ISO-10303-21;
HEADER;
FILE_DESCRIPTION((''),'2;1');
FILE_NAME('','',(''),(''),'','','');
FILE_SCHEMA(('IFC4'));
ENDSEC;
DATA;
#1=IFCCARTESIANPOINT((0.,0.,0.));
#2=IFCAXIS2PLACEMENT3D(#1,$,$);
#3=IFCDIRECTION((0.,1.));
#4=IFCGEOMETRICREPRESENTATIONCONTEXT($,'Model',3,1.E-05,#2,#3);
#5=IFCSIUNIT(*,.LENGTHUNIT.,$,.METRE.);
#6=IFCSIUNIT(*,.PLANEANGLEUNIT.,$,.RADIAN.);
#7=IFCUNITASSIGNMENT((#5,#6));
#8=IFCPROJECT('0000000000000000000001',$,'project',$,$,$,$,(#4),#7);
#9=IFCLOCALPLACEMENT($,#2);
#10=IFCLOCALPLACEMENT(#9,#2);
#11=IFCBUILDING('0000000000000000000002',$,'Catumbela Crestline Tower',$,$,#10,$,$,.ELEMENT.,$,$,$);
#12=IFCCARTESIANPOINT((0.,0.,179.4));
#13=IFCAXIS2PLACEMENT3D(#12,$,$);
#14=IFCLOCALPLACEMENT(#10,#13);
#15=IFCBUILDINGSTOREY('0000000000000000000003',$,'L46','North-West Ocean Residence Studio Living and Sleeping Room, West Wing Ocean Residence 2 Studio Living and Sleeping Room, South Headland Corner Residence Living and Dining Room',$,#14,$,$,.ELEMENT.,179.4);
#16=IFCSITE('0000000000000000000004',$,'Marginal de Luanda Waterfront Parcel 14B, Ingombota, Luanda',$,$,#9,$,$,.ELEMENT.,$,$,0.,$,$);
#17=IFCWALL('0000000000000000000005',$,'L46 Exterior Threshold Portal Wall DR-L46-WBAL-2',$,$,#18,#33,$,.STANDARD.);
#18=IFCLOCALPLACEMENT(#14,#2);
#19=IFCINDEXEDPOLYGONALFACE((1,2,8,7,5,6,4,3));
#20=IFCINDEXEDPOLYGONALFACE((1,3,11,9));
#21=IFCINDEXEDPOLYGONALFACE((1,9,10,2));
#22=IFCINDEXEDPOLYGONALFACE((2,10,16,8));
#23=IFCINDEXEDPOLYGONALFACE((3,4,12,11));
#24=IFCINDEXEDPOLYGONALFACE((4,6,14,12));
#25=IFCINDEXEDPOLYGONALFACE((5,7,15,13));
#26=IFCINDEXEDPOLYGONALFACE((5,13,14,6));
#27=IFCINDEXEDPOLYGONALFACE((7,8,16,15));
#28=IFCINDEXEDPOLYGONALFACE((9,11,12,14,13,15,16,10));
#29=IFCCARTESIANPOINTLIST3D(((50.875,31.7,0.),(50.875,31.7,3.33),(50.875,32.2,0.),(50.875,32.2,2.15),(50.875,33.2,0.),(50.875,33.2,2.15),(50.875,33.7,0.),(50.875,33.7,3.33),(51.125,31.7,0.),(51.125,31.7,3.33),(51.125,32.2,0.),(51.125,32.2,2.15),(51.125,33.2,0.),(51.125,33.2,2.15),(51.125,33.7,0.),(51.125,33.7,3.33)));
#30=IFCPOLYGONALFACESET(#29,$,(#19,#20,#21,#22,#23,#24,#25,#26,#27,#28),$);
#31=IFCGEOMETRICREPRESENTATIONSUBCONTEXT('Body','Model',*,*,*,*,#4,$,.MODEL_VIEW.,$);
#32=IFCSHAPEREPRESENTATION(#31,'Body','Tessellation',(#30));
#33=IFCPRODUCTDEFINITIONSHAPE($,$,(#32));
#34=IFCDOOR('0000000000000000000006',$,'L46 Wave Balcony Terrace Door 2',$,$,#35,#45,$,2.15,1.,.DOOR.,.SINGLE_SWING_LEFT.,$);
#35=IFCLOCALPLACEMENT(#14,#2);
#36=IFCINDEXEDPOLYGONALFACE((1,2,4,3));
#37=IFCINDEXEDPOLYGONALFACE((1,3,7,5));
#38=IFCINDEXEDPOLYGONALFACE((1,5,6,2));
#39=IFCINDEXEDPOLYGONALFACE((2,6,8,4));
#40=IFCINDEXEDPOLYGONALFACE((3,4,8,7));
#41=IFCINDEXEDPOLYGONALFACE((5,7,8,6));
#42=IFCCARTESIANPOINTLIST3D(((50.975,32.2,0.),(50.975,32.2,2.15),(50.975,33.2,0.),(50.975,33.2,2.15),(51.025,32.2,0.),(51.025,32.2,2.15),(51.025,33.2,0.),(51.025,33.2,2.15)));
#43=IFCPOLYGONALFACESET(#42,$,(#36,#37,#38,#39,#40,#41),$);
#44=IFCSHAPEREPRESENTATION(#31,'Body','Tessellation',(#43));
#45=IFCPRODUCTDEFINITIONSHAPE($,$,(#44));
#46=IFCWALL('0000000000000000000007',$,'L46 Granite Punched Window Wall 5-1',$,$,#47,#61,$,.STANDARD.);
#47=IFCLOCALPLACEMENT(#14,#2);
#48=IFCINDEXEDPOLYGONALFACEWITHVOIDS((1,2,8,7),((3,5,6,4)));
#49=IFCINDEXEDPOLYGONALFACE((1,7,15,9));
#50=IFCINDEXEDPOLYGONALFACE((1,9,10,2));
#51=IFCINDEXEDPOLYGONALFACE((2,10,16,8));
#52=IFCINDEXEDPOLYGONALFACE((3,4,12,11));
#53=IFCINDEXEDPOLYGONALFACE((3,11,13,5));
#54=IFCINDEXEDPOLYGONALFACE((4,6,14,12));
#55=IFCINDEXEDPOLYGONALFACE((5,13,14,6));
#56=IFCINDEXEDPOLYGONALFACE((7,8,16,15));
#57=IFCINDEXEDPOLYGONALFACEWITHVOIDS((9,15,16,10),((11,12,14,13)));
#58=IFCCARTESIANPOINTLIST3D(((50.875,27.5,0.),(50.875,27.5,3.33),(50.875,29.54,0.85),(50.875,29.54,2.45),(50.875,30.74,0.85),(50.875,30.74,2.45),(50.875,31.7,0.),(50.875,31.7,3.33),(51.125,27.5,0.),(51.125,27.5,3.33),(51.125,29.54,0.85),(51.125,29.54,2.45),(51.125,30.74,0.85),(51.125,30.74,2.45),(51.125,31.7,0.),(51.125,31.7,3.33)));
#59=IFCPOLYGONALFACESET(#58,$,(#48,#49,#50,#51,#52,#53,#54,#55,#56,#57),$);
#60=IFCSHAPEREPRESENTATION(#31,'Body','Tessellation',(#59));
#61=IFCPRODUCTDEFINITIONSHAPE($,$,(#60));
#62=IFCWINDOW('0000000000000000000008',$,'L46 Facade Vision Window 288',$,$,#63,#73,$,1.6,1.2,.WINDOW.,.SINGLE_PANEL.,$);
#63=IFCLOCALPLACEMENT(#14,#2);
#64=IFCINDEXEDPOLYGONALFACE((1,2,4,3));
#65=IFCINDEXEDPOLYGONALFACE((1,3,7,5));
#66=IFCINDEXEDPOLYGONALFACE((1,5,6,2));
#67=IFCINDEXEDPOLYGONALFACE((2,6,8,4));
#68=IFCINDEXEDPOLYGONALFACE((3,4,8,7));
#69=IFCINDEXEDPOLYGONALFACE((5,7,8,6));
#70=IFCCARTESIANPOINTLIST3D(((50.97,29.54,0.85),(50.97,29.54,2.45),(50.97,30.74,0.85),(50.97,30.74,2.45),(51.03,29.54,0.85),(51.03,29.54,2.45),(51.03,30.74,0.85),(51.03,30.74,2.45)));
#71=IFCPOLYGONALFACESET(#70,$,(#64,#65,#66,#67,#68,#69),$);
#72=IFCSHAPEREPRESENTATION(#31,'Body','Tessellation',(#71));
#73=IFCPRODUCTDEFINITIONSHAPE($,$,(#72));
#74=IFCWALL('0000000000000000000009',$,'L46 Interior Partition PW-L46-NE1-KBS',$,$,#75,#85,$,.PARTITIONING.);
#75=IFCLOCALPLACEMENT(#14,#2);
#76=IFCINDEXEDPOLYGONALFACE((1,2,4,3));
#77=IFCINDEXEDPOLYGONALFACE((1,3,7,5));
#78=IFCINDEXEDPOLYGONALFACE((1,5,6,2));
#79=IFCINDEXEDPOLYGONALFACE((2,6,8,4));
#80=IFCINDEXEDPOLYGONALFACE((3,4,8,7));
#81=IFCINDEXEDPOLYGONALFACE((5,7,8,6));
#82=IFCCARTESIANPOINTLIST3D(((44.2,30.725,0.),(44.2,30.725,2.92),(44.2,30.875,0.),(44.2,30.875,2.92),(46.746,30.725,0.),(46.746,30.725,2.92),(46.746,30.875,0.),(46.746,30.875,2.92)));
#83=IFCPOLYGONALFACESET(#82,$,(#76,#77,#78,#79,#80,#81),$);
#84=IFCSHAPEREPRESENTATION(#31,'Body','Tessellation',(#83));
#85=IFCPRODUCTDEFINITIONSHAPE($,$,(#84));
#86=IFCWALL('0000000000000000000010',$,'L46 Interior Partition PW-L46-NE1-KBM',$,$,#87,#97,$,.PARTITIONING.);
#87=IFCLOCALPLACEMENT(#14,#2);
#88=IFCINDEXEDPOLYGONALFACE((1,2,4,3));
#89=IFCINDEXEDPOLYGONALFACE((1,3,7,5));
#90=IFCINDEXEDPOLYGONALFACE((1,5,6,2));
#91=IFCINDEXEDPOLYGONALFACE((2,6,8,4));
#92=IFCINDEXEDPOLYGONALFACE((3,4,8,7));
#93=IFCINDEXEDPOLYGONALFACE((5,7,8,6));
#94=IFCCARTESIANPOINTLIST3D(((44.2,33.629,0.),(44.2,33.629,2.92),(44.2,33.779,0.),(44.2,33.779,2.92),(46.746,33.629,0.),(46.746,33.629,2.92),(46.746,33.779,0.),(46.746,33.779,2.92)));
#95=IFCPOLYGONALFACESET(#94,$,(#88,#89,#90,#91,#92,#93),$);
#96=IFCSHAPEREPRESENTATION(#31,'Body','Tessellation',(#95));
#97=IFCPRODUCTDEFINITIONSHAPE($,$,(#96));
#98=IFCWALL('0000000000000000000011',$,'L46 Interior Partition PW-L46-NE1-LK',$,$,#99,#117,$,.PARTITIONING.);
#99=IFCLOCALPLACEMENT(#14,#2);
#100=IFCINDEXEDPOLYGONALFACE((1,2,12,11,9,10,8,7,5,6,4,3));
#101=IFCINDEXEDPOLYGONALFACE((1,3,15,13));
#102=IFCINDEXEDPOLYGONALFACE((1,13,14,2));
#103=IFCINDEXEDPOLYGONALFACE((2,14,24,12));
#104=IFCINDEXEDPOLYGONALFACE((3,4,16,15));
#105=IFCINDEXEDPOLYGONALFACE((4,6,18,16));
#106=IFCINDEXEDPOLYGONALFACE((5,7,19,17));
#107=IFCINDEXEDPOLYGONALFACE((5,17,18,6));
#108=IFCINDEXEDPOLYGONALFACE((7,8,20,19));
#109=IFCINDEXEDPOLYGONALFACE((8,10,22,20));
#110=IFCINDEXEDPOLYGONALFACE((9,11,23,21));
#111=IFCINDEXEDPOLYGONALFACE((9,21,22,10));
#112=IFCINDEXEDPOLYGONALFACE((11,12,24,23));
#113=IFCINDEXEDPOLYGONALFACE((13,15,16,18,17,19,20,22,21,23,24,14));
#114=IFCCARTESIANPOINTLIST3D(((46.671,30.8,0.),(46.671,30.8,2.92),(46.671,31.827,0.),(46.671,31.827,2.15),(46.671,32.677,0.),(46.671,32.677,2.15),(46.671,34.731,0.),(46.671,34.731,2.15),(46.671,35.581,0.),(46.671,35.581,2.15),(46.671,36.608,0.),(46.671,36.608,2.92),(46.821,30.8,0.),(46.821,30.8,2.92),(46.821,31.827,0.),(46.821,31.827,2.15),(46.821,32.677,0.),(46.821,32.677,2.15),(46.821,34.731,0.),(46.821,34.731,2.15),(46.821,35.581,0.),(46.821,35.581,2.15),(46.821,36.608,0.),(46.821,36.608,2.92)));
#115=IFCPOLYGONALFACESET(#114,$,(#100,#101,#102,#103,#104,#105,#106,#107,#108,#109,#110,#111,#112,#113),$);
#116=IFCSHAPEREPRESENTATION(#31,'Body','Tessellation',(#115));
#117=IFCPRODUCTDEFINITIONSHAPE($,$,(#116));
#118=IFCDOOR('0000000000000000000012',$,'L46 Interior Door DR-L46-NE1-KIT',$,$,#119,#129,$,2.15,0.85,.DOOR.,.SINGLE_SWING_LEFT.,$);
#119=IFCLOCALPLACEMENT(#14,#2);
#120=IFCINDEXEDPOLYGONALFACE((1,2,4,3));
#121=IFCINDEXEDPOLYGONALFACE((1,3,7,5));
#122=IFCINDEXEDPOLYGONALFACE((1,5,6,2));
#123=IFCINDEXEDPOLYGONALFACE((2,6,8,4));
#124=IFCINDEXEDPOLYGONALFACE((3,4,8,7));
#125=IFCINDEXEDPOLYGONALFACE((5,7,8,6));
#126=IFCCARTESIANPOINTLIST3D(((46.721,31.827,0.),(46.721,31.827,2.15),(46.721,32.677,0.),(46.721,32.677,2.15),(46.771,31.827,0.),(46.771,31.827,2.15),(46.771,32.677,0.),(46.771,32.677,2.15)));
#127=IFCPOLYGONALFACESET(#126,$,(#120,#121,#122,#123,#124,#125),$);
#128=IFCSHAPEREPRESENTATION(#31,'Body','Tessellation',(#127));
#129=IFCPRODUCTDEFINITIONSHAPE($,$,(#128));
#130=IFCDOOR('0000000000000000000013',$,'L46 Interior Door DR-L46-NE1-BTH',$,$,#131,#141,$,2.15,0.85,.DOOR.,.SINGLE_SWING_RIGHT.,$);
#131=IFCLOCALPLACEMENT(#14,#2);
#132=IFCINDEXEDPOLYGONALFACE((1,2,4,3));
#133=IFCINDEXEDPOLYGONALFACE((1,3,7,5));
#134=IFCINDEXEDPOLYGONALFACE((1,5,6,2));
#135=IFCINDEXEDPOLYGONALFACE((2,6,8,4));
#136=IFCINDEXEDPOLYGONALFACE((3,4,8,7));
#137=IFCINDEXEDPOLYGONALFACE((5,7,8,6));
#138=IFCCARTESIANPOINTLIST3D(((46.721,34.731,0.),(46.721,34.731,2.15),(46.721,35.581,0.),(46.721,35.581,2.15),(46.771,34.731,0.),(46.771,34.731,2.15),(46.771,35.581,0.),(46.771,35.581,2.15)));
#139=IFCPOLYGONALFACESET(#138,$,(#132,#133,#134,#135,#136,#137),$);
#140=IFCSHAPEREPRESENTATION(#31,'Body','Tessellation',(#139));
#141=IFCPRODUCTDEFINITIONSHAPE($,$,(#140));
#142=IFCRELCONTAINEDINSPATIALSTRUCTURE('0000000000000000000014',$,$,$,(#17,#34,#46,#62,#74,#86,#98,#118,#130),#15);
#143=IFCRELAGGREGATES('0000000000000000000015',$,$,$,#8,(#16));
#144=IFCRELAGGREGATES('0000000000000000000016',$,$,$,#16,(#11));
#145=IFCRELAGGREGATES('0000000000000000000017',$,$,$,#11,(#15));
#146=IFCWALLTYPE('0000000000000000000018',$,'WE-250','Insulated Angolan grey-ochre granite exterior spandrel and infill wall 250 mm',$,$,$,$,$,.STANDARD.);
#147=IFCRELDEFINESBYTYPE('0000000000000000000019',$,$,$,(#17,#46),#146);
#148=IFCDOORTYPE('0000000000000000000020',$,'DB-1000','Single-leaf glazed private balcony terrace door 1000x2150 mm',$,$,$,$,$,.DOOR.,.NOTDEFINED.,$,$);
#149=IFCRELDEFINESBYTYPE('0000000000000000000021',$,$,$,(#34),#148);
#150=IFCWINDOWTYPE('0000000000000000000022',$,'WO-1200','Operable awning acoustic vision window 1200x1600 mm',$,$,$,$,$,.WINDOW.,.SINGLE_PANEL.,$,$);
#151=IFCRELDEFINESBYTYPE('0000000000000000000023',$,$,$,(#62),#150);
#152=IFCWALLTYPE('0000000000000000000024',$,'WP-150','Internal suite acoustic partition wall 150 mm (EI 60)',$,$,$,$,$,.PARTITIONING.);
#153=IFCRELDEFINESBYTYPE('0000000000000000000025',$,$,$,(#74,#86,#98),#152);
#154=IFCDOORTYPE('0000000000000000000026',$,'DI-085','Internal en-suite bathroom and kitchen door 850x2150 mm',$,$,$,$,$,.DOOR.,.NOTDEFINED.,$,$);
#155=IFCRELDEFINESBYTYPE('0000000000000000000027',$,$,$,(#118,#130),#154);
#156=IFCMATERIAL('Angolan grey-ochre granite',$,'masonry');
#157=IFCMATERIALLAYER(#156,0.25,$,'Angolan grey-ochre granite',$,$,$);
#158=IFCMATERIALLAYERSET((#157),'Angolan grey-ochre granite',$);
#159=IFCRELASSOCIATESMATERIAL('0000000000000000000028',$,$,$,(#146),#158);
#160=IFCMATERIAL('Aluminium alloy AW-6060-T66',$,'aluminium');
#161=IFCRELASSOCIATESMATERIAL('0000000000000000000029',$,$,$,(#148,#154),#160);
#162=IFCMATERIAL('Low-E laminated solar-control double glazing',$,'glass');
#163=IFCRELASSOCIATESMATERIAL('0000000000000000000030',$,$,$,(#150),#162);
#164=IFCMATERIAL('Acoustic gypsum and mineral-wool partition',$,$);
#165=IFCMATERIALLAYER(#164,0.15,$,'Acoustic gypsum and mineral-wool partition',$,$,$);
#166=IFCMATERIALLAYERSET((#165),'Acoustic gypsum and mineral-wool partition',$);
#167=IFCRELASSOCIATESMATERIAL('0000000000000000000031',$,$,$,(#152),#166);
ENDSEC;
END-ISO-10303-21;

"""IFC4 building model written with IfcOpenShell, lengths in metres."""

from ifc_helpers import new_model, si_unit, direction, frame, frame_2d, origin, place, context, subcontext, project, spatial, rectangle, extrude, material, layer, layer_set, type_object, element, fill, save


model = new_model("IFC4")

# Units and contexts
model_context = context("Model", 3, precision=1e-05, world=origin(), true_north=direction((0.0, 1.0)))
body_context = subcontext(model_context, "Body", "Model", "MODEL_VIEW")
ifc_project = project(units=[si_unit("LENGTHUNIT", "METRE"), si_unit("PLANEANGLEUNIT", "RADIAN")], contexts=[model_context])

# Site, building, storey
site_placement = place(None, origin())
site = spatial("IfcSite", under=ifc_project, at=site_placement, Name="Marginal de Luanda Waterfront Parcel 14B, Ingombota, Luanda", CompositionType="ELEMENT", RefElevation=0.0)
building_placement = place(site_placement, origin())
building = spatial("IfcBuilding", under=site, at=building_placement, Name="Catumbela Crestline Tower", CompositionType="ELEMENT")
storey_placement = place(building_placement, frame((0.0, 0.0, 179.4)))
storey = spatial("IfcBuildingStorey", under=building, at=storey_placement, Name="L46", Description="North-West Ocean Residence Studio Living and Sleeping Room, West Wing Ocean Residence 2 Studio Living and Sleeping Room, South Headland Corner Residence Living and Dining Room", CompositionType="ELEMENT", Elevation=179.4)

# Shared definitions
ifc_material_1 = material(Name="Aluminium alloy AW-6060-T66", Category="aluminium")

# Shared definitions
ifc_material_2 = material(Name="Low-E laminated solar-control double glazing", Category="glass")

# Wall, opening, door
ifc_material_3 = material(Name="Acoustic gypsum and mineral-wool partition")
ifc_material_4 = material(Name="Angolan grey-ochre granite", Category="masonry")
ifc_layer_1 = layer(ifc_material_4, 0.25, Name="Angolan grey-ochre granite")
ifc_layer_set_1 = layer_set([ifc_layer_1], Name="Angolan grey-ochre granite")
wall_type_1 = type_object("IfcWallType", Name="WE-250", Description="Insulated Angolan grey-ochre granite exterior spandrel and infill wall 250 mm", PredefinedType="STANDARD", material=ifc_layer_set_1)
wall_1_placement = place(storey_placement, frame((51.0, 31.7, 0.0), z_axis=(0.0, 0.0, 1.0), x_axis=(0.0, 1.0, 0.0)))
wall_1 = element("IfcWall", 1, at=wall_1_placement, inside=storey, type_object=wall_type_1, Name="L46 Exterior Threshold Portal Wall DR-L46-WBAL-2", PredefinedType="STANDARD", context=body_context, shape_type="SweptSolid", body=[
    extrude(rectangle(XDim=2.0, YDim=0.25, at=frame_2d((1.0, 0.0))), origin(), (0.0, 0.0, 1.0), 3.33),
])
opening_1_placement = place(wall_1_placement, frame((0.5, 0.0, 0.0)))
opening_1 = element("IfcOpeningElement", 2, at=opening_1_placement, cuts=wall_1, PredefinedType="OPENING", context=body_context, shape_type="SweptSolid", body=[
    extrude(rectangle(XDim=1.0, YDim=2.15, at=frame_2d((0.5, 1.075))), frame((0.0, 0.135, 0.0), z_axis=(0.0, -1.0, 0.0), x_axis=(1.0, 0.0, 0.0)), (0.0, 0.0, 1.0), 0.27),
])
door_type_1 = type_object("IfcDoorType", Name="DB-1000", Description="Single-leaf glazed private balcony terrace door 1000x2150 mm", OperationType="NOTDEFINED", PredefinedType="DOOR", material=ifc_material_1)
door_1_placement = place(opening_1_placement, origin())
door_1 = element("IfcDoor", 3, at=door_1_placement, inside=storey, type_object=door_type_1, Name="L46 Wave Balcony Terrace Door 2", OperationType="SINGLE_SWING_LEFT", OverallHeight=2.15, OverallWidth=1.0, PredefinedType="DOOR", context=body_context, shape_type="SweptSolid", body=[
    extrude(rectangle(XDim=1.0, YDim=2.15, at=frame_2d((0.5, 1.075))), frame((0.0, 0.025, 0.0), z_axis=(0.0, -1.0, 0.0), x_axis=(1.0, 0.0, 0.0)), (0.0, 0.0, 1.0), 0.05),
])
fill(opening_1, door_1)

# Wall, opening, window
wall_2_placement = place(storey_placement, frame((51.0, 27.5, 0.0), z_axis=(0.0, 0.0, 1.0), x_axis=(0.0, 1.0, 0.0)))
wall_2 = element("IfcWall", 4, at=wall_2_placement, inside=storey, type_object=wall_type_1, Name="L46 Granite Punched Window Wall 5-1", PredefinedType="STANDARD", context=body_context, shape_type="SweptSolid", body=[
    extrude(rectangle(XDim=4.2, YDim=0.25, at=frame_2d((2.1, 0.0))), origin(), (0.0, 0.0, 1.0), 3.33),
])
opening_2_placement = place(wall_2_placement, frame((2.04, 0.0, 0.85)))
opening_2 = element("IfcOpeningElement", 5, at=opening_2_placement, cuts=wall_2, PredefinedType="OPENING", context=body_context, shape_type="SweptSolid", body=[
    extrude(rectangle(XDim=1.2, YDim=1.6, at=frame_2d((0.6, 0.8))), frame((0.0, 0.135, 0.0), z_axis=(0.0, -1.0, 0.0), x_axis=(1.0, 0.0, 0.0)), (0.0, 0.0, 1.0), 0.27),
])
window_type = type_object("IfcWindowType", Name="WO-1200", Description="Operable awning acoustic vision window 1200x1600 mm", PartitioningType="SINGLE_PANEL", PredefinedType="WINDOW", material=ifc_material_2)
window_placement = place(opening_2_placement, origin())
window = element("IfcWindow", 6, at=window_placement, inside=storey, type_object=window_type, Name="L46 Facade Vision Window 288", OverallHeight=1.6, OverallWidth=1.2, PartitioningType="SINGLE_PANEL", PredefinedType="WINDOW", context=body_context, shape_type="SweptSolid", body=[
    extrude(rectangle(XDim=1.2, YDim=1.6, at=frame_2d((0.6, 0.8))), frame((0.0, 0.03, 0.0), z_axis=(0.0, -1.0, 0.0), x_axis=(1.0, 0.0, 0.0)), (0.0, 0.0, 1.0), 0.06),
])
fill(opening_2, window)

# Walls
ifc_layer_2 = layer(ifc_material_3, 0.15, Name="Acoustic gypsum and mineral-wool partition")
ifc_layer_set_2 = layer_set([ifc_layer_2], Name="Acoustic gypsum and mineral-wool partition")
wall_type_2 = type_object("IfcWallType", Name="WP-150", Description="Internal suite acoustic partition wall 150 mm (EI 60)", PredefinedType="PARTITIONING", material=ifc_layer_set_2)
for number, where, z_axis, x_axis, name in (
    (7, (44.2, 30.8, 0.0), (0.0, 0.0, 1.0), (1.0, 0.0, 0.0), "L46 Interior Partition PW-L46-NE1-KBS"),
    (8, (44.2, 33.704, 0.0), (0.0, 0.0, 1.0), (1.0, 0.0, 0.0), "L46 Interior Partition PW-L46-NE1-KBM"),
):
    element("IfcWall", number, at=place(storey_placement, frame(where, z_axis=z_axis, x_axis=x_axis)), inside=storey, type_object=wall_type_2, Name=name, PredefinedType="PARTITIONING", context=body_context, shape_type="SweptSolid", body=[
        extrude(rectangle(XDim=2.546, YDim=0.15, at=frame_2d((1.273, 0.0))), origin(), (0.0, 0.0, 1.0), 2.92),
    ])

# Wall, openings, doors
wall_3_placement = place(storey_placement, frame((46.746, 30.8, 0.0), z_axis=(0.0, 0.0, 1.0), x_axis=(0.0, 1.0, 0.0)))
wall_3 = element("IfcWall", 9, at=wall_3_placement, inside=storey, type_object=wall_type_2, Name="L46 Interior Partition PW-L46-NE1-LK", PredefinedType="PARTITIONING", context=body_context, shape_type="SweptSolid", body=[
    extrude(rectangle(XDim=5.808, YDim=0.15, at=frame_2d((2.904, 0.0))), origin(), (0.0, 0.0, 1.0), 2.92),
])
opening_3_placement = place(wall_3_placement, frame((1.027, 0.0, 0.0)))
opening_3 = element("IfcOpeningElement", 10, at=opening_3_placement, cuts=wall_3, PredefinedType="OPENING", context=body_context, shape_type="SweptSolid", body=[
    extrude(rectangle(XDim=0.85, YDim=2.15, at=frame_2d((0.425, 1.075))), frame((0.0, 0.085, 0.0), z_axis=(0.0, -1.0, 0.0), x_axis=(1.0, 0.0, 0.0)), (0.0, 0.0, 1.0), 0.17),
])
opening_4_placement = place(wall_3_placement, frame((3.931, 0.0, 0.0)))
opening_4 = element("IfcOpeningElement", 11, at=opening_4_placement, cuts=wall_3, PredefinedType="OPENING", context=body_context, shape_type="SweptSolid", body=[
    extrude(rectangle(XDim=0.85, YDim=2.15, at=frame_2d((0.425, 1.075))), frame((0.0, 0.085, 0.0), z_axis=(0.0, -1.0, 0.0), x_axis=(1.0, 0.0, 0.0)), (0.0, 0.0, 1.0), 0.17),
])
door_type_2 = type_object("IfcDoorType", Name="DI-085", Description="Internal en-suite bathroom and kitchen door 850x2150 mm", OperationType="NOTDEFINED", PredefinedType="DOOR", material=ifc_material_1)
door_2_placement = place(opening_3_placement, origin())
door_2 = element("IfcDoor", 12, at=door_2_placement, inside=storey, type_object=door_type_2, Name="L46 Interior Door DR-L46-NE1-KIT", OperationType="SINGLE_SWING_LEFT", OverallHeight=2.15, OverallWidth=0.85, PredefinedType="DOOR", context=body_context, shape_type="SweptSolid", body=[
    extrude(rectangle(XDim=0.85, YDim=2.15, at=frame_2d((0.425, 1.075))), frame((0.0, 0.025, 0.0), z_axis=(0.0, -1.0, 0.0), x_axis=(1.0, 0.0, 0.0)), (0.0, 0.0, 1.0), 0.05),
])
fill(opening_3, door_2)
door_3_placement = place(opening_4_placement, origin())
door_3 = element("IfcDoor", 13, at=door_3_placement, inside=storey, type_object=door_type_2, Name="L46 Interior Door DR-L46-NE1-BTH", OperationType="SINGLE_SWING_RIGHT", OverallHeight=2.15, OverallWidth=0.85, PredefinedType="DOOR", context=body_context, shape_type="SweptSolid", body=[
    extrude(rectangle(XDim=0.85, YDim=2.15, at=frame_2d((0.425, 1.075))), frame((0.0, 0.025, 0.0), z_axis=(0.0, -1.0, 0.0), x_axis=(1.0, 0.0, 0.0)), (0.0, 0.0, 1.0), 0.05),
])
fill(opening_4, door_3)

save(model, "model.ifc")
